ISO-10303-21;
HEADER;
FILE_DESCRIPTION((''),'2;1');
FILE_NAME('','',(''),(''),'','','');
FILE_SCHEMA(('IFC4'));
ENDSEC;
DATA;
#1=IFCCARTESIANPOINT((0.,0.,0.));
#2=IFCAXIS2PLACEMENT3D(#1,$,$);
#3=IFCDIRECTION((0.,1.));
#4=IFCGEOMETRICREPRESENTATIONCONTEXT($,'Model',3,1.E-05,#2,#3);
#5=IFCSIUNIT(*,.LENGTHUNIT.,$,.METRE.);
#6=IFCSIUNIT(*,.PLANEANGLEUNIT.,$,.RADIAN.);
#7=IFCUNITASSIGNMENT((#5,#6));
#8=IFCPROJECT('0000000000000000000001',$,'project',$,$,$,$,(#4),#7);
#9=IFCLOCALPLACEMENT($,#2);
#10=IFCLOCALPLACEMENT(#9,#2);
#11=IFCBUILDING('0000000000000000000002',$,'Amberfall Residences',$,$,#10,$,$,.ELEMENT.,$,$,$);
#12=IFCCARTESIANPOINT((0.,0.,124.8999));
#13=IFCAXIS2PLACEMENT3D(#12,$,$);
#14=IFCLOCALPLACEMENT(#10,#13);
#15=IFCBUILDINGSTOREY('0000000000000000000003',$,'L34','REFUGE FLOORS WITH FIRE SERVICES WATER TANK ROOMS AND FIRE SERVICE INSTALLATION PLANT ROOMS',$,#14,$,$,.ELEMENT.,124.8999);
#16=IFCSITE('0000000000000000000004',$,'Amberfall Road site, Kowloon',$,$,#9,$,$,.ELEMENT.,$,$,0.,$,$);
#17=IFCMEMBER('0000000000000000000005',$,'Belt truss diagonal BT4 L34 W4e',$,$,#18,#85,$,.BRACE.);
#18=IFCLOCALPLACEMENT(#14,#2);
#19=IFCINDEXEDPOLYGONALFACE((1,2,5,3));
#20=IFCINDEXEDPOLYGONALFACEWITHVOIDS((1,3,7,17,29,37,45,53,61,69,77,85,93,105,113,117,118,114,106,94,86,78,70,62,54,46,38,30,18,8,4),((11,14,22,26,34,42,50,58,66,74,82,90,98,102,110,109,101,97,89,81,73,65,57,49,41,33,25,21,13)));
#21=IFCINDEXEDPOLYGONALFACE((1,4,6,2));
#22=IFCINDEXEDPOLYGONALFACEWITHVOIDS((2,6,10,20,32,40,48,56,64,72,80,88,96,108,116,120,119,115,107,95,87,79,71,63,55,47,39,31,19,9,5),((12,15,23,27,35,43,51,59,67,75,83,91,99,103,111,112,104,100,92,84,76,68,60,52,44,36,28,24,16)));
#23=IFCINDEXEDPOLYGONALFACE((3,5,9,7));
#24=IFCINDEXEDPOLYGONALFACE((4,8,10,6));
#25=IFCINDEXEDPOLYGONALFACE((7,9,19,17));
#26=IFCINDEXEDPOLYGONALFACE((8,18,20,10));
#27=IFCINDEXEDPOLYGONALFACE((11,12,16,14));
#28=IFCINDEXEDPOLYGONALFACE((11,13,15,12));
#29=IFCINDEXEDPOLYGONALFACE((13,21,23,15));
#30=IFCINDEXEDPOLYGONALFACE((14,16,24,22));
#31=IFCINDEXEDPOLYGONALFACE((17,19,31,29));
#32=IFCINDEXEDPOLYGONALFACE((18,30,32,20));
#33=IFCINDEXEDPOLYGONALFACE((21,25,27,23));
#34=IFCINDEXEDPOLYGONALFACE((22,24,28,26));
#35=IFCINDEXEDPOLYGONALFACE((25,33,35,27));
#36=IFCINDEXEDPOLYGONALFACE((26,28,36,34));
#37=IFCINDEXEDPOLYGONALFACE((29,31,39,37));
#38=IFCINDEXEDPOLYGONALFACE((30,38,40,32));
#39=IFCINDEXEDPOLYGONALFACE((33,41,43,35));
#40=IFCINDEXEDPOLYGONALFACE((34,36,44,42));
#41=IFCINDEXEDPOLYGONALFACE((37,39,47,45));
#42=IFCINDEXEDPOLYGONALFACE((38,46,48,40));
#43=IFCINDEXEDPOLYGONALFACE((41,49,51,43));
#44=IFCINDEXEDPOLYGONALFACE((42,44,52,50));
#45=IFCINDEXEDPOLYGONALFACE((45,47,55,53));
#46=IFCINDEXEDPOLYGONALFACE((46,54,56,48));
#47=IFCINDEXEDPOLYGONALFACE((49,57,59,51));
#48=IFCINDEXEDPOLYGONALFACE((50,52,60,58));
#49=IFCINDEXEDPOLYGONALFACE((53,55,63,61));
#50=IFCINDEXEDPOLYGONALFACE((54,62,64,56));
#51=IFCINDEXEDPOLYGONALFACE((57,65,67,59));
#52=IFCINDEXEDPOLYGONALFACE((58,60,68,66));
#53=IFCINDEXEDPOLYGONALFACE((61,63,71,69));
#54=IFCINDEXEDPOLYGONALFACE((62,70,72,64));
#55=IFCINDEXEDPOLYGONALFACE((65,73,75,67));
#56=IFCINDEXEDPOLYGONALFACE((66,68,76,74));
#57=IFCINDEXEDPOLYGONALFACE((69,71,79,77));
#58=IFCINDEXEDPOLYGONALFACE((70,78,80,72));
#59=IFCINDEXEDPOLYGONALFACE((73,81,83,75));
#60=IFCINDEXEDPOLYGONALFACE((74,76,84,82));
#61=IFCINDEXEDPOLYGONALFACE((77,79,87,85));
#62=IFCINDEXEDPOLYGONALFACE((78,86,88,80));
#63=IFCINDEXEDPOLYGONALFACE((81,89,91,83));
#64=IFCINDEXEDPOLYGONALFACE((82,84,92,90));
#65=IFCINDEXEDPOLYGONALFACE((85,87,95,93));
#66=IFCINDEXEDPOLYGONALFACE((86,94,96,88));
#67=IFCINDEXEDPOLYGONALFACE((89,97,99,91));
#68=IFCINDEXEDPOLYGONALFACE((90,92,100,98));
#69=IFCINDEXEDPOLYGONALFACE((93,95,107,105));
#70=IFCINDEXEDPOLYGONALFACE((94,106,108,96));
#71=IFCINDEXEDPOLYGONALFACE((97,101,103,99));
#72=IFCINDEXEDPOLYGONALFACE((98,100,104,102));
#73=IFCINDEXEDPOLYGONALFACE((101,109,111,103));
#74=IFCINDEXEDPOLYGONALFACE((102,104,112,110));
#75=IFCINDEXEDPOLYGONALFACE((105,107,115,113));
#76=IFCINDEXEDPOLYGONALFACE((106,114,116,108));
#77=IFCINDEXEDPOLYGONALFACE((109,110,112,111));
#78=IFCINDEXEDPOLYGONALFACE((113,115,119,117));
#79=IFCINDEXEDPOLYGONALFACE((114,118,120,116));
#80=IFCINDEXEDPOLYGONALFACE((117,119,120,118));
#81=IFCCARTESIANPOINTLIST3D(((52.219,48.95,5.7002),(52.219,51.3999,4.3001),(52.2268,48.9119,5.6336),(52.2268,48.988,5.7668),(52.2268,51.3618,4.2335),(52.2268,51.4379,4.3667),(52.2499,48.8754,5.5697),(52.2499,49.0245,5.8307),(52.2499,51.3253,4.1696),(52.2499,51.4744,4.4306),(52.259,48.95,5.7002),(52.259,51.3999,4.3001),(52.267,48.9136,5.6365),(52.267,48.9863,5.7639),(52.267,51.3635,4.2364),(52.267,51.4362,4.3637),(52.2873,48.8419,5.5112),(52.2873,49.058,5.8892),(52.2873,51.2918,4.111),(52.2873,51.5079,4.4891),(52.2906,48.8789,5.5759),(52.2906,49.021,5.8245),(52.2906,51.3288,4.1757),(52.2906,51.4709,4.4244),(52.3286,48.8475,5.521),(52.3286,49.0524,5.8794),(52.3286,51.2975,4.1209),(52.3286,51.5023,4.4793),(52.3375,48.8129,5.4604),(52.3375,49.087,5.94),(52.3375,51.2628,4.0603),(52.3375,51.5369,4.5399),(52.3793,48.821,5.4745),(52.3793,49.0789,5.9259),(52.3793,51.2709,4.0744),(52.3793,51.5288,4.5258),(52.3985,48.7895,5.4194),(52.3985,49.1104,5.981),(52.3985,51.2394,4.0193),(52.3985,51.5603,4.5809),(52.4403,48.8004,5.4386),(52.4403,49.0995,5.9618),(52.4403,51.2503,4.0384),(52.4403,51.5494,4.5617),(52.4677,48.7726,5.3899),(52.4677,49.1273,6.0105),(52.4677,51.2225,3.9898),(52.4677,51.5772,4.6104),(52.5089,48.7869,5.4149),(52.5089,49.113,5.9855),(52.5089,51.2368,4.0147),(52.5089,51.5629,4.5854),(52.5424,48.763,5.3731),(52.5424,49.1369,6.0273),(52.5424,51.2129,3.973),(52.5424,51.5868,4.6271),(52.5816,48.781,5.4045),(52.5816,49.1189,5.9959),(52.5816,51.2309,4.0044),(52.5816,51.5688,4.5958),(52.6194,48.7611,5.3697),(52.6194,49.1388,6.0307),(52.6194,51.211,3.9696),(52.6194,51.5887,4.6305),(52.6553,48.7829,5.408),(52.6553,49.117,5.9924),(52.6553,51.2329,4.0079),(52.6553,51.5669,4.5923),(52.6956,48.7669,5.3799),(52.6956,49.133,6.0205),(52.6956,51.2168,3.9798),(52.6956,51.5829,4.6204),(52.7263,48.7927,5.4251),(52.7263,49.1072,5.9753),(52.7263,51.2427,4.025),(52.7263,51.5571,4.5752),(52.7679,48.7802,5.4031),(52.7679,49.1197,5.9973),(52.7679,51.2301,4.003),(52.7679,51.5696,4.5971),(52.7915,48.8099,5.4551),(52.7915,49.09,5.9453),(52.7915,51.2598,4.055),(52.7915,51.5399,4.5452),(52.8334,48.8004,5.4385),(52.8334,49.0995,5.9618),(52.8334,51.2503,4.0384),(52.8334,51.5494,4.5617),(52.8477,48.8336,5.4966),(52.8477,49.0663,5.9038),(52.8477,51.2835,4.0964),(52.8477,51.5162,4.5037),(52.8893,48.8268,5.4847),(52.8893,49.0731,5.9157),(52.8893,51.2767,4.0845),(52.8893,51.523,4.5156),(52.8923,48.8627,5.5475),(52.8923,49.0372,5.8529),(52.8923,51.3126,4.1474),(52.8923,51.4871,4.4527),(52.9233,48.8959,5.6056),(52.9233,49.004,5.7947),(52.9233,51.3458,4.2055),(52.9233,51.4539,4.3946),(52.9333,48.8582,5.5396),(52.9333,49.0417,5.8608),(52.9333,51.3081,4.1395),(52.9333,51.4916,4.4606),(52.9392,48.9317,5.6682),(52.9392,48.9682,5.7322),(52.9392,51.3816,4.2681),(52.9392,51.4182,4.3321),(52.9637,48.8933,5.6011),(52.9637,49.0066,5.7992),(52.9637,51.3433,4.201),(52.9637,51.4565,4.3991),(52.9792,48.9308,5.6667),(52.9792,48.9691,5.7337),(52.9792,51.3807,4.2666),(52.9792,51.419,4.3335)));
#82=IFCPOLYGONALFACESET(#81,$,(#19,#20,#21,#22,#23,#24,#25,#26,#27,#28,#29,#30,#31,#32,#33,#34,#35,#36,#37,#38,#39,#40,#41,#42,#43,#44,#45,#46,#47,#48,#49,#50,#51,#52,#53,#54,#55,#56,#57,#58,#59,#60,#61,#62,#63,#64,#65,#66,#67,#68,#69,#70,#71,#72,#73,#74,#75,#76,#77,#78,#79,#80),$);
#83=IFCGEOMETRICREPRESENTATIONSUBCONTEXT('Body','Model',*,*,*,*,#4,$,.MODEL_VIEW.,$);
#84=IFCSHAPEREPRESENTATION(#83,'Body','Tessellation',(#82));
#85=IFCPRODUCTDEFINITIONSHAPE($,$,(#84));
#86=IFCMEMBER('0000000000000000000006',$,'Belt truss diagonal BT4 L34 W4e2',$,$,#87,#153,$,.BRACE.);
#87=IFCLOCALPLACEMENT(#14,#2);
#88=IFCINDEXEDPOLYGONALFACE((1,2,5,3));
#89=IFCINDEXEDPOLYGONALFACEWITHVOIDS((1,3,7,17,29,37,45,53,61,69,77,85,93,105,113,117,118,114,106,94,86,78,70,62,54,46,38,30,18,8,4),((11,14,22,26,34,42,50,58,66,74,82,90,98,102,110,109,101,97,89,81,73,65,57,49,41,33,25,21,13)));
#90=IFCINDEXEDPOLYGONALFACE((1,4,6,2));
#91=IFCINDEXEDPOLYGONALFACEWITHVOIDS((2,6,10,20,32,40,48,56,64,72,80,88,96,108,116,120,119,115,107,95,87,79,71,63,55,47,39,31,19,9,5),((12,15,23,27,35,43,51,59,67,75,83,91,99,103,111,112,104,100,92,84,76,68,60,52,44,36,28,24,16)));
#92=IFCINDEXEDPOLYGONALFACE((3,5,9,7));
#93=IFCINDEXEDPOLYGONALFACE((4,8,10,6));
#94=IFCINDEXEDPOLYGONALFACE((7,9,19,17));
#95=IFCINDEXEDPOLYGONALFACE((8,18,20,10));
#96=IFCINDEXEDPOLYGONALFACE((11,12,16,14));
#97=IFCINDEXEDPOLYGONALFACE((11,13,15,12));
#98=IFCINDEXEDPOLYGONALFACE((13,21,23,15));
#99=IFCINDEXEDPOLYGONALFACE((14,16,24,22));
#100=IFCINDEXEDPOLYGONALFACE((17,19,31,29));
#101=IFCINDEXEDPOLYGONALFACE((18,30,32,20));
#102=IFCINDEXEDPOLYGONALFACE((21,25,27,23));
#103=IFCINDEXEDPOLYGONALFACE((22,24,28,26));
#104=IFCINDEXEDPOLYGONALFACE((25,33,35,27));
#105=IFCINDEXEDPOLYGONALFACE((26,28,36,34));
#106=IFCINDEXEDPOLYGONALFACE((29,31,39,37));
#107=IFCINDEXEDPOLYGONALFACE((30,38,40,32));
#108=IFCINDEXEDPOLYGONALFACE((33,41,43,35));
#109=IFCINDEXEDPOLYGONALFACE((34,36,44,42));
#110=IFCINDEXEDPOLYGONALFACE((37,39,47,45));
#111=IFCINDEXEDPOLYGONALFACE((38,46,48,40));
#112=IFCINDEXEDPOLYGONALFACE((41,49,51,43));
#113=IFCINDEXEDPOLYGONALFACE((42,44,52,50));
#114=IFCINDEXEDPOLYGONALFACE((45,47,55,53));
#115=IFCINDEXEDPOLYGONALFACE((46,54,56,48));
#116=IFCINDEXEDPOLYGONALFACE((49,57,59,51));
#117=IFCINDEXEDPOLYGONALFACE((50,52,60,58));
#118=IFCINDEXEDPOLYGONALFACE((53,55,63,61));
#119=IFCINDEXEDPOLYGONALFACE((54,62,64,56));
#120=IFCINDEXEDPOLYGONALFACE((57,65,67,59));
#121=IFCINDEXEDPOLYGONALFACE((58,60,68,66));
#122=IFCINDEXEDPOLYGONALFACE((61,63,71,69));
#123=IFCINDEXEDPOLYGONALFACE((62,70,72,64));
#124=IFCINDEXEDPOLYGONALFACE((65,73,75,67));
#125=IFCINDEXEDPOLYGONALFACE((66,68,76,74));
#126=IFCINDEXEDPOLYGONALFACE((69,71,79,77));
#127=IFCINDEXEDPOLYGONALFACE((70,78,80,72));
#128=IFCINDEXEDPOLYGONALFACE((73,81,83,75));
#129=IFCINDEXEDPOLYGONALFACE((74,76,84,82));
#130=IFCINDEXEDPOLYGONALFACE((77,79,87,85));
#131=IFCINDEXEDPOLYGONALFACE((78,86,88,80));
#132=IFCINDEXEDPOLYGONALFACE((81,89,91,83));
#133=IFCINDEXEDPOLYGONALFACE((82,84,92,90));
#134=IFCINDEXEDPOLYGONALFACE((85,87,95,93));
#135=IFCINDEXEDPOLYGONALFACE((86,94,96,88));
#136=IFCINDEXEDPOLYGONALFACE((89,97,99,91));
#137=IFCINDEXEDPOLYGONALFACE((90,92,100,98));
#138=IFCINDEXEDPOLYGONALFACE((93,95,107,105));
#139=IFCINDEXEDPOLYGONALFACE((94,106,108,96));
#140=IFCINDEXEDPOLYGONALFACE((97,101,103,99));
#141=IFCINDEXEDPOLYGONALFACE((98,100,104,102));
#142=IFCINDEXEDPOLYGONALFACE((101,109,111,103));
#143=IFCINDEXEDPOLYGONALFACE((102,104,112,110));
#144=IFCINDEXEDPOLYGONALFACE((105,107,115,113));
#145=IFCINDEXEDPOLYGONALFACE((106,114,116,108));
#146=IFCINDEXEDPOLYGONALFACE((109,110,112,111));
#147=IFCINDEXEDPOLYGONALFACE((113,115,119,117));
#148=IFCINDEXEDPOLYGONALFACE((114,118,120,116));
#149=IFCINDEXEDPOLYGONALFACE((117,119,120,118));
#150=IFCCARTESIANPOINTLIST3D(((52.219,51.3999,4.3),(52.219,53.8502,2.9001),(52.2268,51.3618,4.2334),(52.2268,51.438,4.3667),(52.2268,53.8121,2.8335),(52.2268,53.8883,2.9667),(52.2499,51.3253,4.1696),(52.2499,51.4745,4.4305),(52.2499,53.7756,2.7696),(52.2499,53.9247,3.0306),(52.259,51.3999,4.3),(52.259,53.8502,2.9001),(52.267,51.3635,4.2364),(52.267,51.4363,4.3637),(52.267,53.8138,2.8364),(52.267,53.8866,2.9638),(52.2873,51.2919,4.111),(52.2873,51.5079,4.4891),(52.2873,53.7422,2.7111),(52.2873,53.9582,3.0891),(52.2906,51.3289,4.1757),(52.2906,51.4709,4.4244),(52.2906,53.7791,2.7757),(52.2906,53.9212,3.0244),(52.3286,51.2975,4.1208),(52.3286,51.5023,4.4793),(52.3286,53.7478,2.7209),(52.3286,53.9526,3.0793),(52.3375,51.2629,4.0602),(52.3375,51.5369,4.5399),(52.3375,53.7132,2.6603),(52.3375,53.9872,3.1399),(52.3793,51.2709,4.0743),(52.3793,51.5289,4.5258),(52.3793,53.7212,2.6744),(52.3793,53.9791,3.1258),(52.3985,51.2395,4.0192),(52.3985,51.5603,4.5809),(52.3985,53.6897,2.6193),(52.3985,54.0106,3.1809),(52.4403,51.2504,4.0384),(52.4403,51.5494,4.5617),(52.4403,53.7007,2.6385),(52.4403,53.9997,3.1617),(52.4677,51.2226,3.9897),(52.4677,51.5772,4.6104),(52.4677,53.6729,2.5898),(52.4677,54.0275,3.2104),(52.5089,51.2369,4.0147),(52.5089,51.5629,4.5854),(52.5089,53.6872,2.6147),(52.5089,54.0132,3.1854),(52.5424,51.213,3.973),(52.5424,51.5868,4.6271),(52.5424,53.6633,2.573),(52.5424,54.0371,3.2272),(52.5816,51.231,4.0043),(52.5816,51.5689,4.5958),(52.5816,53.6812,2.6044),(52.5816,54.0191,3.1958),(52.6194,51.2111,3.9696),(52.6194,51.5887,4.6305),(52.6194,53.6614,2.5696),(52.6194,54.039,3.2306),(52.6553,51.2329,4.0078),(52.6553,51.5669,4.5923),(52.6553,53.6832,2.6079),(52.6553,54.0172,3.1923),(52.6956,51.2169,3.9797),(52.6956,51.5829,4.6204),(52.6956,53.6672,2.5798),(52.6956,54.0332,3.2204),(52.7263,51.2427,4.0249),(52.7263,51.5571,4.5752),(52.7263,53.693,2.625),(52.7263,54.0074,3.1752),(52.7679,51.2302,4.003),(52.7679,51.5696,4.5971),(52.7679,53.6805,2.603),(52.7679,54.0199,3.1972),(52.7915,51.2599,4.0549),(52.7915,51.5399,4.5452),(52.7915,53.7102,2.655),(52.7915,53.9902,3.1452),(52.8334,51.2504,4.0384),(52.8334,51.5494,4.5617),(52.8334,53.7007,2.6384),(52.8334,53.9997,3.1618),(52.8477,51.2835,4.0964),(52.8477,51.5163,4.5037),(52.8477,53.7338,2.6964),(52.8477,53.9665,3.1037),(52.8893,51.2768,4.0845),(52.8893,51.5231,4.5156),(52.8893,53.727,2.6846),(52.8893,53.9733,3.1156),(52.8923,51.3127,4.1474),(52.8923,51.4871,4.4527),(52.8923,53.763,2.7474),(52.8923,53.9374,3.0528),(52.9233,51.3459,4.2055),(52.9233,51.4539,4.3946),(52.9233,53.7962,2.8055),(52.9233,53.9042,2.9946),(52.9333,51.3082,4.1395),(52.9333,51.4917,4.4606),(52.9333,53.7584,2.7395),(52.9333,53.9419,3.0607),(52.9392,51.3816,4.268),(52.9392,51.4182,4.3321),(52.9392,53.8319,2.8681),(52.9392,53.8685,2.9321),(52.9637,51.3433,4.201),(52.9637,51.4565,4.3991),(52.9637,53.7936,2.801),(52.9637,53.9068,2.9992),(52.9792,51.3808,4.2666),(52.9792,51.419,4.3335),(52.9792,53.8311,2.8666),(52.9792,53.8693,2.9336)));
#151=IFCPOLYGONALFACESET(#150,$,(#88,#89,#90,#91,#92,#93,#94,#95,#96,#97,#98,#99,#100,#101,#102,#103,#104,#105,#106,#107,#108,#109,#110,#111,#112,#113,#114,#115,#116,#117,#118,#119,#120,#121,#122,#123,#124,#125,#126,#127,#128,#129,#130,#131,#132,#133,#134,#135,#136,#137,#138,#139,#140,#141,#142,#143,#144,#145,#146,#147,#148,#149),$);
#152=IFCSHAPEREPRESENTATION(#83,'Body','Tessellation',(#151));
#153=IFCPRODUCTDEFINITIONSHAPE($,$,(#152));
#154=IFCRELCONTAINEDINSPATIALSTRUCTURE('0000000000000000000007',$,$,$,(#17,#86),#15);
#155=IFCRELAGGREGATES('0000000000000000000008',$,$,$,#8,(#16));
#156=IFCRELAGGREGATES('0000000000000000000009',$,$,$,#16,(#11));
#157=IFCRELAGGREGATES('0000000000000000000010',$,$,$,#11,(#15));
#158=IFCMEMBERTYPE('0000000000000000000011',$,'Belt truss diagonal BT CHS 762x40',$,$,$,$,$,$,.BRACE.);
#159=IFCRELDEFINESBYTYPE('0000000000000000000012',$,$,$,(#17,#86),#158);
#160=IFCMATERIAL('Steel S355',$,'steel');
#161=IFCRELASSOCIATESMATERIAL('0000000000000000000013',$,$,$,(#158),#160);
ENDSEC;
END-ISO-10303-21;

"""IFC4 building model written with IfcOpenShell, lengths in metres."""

from ifc_helpers import new_model, si_unit, direction, frame, origin, origin_2d, place, context, subcontext, project, spatial, hollow_circle, extrude, material, material_profile, profile_set, type_object, element, save


model = new_model("IFC4")

# Units and contexts
model_context = context("Model", 3, precision=1e-05, world=origin(), true_north=direction((0.0, 1.0)))
body_context = subcontext(model_context, "Body", "Model", "MODEL_VIEW")
ifc_project = project(units=[si_unit("LENGTHUNIT", "METRE"), si_unit("PLANEANGLEUNIT", "RADIAN")], contexts=[model_context])

# Site, building, storey
site_placement = place(None, origin())
site = spatial("IfcSite", under=ifc_project, at=site_placement, Name="Amberfall Road site, Kowloon", CompositionType="ELEMENT", RefElevation=0.0)
building_placement = place(site_placement, origin())
building = spatial("IfcBuilding", under=site, at=building_placement, Name="Amberfall Residences", CompositionType="ELEMENT")
storey_placement = place(building_placement, frame((0.0, 0.0, 124.8999)))
storey = spatial("IfcBuildingStorey", under=building, at=storey_placement, Name="L34", Description="REFUGE FLOORS WITH FIRE SERVICES WATER TANK ROOMS AND FIRE SERVICE INSTALLATION PLANT ROOMS", CompositionType="ELEMENT", Elevation=124.8999)

# Shared definitions
ifc_material_1 = material(Name="Steel S355", Category="steel")

# Members
ifc_material_profile_1 = material_profile(ifc_material_1, hollow_circle(Radius=0.3811, WallThickness=0.04, at=origin_2d()), Name="CHS 762x40")
ifc_profile_set_1 = profile_set([ifc_material_profile_1], Name="Steel S355")
member_type_1 = type_object("IfcMemberType", Name="Belt truss diagonal BT CHS 762x40", PredefinedType="BRACE", material=ifc_profile_set_1)
member_1_placement = place(storey_placement, frame((52.6001, 48.95, 5.7002), z_axis=(0.0, 0.868217, -0.496186), x_axis=(-1.0, 0.0, 0.0)))
element("IfcMember", 1, at=member_1_placement, inside=storey, type_object=member_type_1, Name="Belt truss diagonal BT4 L34 W4e", PredefinedType="BRACE", context=body_context, shape_type="SweptSolid", body=[
    extrude(hollow_circle(Radius=0.3811, WallThickness=0.04, at=origin_2d()), origin(), (0.0, 0.0, 1.0), 2.8218),
])
member_2_placement = place(storey_placement, frame((52.6001, 51.3999, 4.3), z_axis=(0.0, 0.868275, -0.496083), x_axis=(-1.0, 0.0, 0.0)))
element("IfcMember", 2, at=member_2_placement, inside=storey, type_object=member_type_1, Name="Belt truss diagonal BT4 L34 W4e2", PredefinedType="BRACE", context=body_context, shape_type="SweptSolid", body=[
    extrude(hollow_circle(Radius=0.3811, WallThickness=0.04, at=origin_2d()), origin(), (0.0, 0.0, 1.0), 2.822),
])

save(model, "model.ifc")
